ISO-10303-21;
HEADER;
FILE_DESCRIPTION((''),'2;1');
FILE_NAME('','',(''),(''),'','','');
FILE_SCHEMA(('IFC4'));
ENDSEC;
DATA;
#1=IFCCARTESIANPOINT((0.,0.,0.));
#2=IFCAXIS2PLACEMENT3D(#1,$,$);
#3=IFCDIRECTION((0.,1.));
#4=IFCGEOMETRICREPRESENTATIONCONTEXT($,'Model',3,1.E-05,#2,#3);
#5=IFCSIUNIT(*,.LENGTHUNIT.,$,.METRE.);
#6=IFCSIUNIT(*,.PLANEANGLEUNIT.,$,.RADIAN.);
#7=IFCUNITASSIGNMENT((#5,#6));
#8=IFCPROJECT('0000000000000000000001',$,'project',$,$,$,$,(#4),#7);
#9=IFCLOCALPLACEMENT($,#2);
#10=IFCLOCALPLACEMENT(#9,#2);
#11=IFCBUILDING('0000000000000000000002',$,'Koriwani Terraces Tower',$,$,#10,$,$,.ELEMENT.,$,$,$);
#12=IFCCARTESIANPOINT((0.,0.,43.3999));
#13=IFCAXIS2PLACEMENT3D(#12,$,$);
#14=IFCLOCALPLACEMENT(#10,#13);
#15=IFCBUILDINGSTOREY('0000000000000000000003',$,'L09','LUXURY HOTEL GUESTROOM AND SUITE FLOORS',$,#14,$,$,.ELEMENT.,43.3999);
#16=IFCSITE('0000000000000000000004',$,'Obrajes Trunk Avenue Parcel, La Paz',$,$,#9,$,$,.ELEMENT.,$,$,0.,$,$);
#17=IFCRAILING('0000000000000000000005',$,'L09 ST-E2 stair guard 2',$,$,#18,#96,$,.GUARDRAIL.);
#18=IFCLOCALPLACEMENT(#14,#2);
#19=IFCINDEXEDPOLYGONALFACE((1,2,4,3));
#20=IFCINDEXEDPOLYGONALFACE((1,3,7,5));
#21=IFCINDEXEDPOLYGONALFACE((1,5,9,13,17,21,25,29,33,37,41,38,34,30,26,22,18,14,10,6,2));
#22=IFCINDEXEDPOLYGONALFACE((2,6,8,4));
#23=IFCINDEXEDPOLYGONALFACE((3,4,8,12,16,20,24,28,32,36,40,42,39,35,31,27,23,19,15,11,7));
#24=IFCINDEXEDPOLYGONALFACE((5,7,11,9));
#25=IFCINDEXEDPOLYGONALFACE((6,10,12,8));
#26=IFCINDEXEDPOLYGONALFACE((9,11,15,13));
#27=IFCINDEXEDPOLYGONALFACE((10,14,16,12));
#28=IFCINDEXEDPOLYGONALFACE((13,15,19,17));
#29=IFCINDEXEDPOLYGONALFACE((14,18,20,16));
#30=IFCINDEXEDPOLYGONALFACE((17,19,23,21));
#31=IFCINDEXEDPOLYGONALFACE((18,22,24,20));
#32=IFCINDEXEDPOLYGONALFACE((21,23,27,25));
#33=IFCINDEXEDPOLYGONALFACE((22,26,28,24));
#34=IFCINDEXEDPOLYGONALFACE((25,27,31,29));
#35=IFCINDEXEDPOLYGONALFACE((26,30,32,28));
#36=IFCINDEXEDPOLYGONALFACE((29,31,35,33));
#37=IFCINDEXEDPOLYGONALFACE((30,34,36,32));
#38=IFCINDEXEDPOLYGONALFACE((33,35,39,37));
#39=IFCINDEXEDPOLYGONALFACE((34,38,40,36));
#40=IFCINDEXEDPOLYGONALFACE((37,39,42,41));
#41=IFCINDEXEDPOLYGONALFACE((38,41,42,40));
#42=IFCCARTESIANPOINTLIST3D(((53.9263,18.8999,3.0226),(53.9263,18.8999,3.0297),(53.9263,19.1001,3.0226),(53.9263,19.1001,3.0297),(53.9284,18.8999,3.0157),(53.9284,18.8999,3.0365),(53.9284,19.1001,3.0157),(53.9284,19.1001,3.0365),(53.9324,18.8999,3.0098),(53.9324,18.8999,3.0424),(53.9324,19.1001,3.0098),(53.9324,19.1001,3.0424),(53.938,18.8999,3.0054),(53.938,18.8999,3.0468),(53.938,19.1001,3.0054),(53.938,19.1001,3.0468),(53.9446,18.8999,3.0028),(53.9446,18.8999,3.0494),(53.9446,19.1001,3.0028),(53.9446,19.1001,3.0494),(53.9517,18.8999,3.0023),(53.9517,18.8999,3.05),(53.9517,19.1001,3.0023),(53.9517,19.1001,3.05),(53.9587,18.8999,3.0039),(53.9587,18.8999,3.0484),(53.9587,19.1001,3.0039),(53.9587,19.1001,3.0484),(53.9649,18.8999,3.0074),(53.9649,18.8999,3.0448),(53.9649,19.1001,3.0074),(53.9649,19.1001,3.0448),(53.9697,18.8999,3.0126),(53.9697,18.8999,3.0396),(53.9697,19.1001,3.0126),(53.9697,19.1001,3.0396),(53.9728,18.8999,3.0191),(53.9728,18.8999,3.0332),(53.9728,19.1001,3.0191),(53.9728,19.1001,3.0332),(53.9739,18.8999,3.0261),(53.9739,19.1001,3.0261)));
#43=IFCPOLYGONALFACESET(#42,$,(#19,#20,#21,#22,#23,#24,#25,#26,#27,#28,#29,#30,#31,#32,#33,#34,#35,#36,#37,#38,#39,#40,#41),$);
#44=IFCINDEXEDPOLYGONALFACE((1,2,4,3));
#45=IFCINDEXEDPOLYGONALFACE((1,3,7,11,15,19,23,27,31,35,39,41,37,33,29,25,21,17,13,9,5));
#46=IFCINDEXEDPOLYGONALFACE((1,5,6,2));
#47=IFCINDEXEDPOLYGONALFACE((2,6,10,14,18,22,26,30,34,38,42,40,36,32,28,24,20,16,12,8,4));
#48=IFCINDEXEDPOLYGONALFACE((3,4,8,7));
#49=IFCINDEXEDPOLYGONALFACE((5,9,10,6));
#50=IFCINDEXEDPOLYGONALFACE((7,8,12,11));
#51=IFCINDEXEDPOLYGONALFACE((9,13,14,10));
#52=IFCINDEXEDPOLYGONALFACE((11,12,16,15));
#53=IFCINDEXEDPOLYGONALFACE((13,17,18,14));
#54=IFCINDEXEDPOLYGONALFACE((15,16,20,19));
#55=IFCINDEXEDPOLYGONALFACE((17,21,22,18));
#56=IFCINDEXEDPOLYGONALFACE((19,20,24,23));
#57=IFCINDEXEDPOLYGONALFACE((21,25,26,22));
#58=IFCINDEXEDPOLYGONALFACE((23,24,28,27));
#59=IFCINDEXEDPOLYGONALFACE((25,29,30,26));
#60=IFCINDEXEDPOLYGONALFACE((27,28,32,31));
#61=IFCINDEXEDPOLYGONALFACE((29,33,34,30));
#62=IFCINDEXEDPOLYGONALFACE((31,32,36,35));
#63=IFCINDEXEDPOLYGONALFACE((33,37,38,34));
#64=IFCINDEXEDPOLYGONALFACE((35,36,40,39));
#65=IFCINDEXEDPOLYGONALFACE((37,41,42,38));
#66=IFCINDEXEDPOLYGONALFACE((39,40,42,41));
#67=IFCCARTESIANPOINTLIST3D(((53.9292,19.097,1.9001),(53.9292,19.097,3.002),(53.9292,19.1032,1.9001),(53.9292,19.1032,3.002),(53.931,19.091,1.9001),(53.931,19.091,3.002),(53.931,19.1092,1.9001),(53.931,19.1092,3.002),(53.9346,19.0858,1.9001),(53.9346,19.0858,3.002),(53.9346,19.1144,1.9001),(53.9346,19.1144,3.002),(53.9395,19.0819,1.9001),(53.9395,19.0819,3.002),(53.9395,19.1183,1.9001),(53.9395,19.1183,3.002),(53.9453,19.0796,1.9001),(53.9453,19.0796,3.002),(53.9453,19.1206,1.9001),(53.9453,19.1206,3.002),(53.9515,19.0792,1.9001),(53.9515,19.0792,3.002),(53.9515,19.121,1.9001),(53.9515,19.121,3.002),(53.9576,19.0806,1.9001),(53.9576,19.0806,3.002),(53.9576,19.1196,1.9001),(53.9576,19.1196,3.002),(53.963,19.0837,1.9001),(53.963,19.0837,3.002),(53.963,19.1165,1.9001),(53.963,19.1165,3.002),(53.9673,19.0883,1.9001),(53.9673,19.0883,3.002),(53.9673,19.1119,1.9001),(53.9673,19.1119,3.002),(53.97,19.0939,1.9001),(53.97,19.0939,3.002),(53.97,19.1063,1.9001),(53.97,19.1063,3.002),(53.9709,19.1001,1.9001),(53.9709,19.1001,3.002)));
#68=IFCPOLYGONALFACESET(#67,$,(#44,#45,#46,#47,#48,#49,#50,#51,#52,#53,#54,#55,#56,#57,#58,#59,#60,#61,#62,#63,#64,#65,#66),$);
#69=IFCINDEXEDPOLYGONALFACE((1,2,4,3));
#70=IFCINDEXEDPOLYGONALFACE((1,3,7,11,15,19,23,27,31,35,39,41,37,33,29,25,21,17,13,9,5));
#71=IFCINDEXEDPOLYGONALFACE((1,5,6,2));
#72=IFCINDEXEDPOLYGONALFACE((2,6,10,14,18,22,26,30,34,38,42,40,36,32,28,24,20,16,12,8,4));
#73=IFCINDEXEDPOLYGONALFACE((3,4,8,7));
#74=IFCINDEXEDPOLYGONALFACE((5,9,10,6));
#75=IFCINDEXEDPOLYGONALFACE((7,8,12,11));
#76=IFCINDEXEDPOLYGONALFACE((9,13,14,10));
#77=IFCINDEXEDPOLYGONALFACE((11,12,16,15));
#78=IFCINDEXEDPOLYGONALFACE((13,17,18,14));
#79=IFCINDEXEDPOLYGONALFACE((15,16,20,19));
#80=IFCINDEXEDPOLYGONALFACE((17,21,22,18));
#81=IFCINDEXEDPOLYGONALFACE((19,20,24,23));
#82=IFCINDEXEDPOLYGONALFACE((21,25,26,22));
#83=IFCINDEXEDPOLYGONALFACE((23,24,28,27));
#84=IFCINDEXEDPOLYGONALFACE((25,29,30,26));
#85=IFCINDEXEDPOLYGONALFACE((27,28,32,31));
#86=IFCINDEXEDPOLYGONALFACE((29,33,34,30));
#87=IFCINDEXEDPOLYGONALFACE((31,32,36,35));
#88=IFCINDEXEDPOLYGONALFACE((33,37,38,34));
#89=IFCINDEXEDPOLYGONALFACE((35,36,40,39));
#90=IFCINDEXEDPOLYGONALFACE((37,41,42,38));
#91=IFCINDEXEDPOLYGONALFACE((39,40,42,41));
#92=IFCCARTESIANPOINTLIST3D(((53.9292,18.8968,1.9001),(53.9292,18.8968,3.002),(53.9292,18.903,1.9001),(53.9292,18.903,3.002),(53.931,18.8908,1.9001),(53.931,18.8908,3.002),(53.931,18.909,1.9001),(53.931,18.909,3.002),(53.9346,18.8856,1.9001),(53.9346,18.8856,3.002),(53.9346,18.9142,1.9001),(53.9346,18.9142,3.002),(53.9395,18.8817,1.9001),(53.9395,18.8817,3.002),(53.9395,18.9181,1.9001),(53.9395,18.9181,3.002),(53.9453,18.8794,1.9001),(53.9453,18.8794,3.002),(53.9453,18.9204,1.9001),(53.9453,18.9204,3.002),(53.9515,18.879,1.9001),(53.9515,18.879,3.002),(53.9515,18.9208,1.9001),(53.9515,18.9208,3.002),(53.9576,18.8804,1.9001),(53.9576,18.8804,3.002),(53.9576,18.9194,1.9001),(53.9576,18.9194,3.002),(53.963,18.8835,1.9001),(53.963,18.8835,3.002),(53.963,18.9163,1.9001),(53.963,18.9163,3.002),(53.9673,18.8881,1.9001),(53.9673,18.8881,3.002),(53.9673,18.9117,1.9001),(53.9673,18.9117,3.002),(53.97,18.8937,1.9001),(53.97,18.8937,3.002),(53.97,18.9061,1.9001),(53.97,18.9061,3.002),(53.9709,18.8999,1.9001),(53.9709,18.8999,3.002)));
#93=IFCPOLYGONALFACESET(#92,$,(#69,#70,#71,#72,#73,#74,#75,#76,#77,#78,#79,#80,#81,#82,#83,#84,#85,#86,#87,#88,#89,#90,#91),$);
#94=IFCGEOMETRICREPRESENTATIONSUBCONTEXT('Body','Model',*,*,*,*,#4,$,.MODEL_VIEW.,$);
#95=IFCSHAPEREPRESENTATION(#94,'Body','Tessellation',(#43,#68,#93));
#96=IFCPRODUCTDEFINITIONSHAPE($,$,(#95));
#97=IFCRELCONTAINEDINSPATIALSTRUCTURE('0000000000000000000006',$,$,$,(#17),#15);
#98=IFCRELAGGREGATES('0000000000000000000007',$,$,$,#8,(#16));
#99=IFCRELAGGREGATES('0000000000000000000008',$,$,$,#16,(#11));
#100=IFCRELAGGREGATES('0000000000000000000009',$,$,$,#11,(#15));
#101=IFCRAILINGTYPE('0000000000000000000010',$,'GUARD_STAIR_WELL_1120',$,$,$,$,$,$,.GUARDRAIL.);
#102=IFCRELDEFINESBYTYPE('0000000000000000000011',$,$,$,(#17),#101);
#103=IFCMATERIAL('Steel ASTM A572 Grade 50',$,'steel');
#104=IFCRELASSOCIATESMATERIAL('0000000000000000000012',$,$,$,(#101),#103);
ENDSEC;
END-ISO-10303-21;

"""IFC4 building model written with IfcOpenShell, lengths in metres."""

from ifc_helpers import new_model, si_unit, direction, frame, origin, origin_2d, place, context, subcontext, project, spatial, circle, extrude, material, type_object, element, save


model = new_model("IFC4")

# Units and contexts
model_context = context("Model", 3, precision=1e-05, world=origin(), true_north=direction((0.0, 1.0)))
body_context = subcontext(model_context, "Body", "Model", "MODEL_VIEW")
ifc_project = project(units=[si_unit("LENGTHUNIT", "METRE"), si_unit("PLANEANGLEUNIT", "RADIAN")], contexts=[model_context])

# Site, building, storey
site_placement = place(None, origin())
site = spatial("IfcSite", under=ifc_project, at=site_placement, Name="Obrajes Trunk Avenue Parcel, La Paz", CompositionType="ELEMENT", RefElevation=0.0)
building_placement = place(site_placement, origin())
building = spatial("IfcBuilding", under=site, at=building_placement, Name="Koriwani Terraces Tower", CompositionType="ELEMENT")
storey_placement = place(building_placement, frame((0.0, 0.0, 43.3999)))
storey = spatial("IfcBuildingStorey", under=building, at=storey_placement, Name="L09", Description="LUXURY HOTEL GUESTROOM AND SUITE FLOORS", CompositionType="ELEMENT", Elevation=43.3999)

# Shared definitions
ifc_material_1 = material(Name="Steel ASTM A572 Grade 50", Category="steel")

# Railing
railing_type_1 = type_object("IfcRailingType", Name="GUARD_STAIR_WELL_1120", PredefinedType="GUARDRAIL", material=ifc_material_1)
railing_1_placement = place(storey_placement, frame((53.95, 19.1001, 1.9001)))
element("IfcRailing", 1, at=railing_1_placement, inside=storey, type_object=railing_type_1, Name="L09 ST-E2 stair guard 2", PredefinedType="GUARDRAIL", context=body_context, shape_type="SweptSolid", body=[
    extrude(circle(Radius=0.0239, at=origin_2d()), frame((0.0, 0.0, 1.126), z_axis=(0.0, -1.0, 0.0), x_axis=(1.0, 0.0, 0.0)), (0.0, 0.0, 1.0), 0.2002),
    extrude(circle(Radius=0.021, at=origin_2d()), origin(), (0.0, 0.0, 1.0), 1.1018),
    extrude(circle(Radius=0.021, at=origin_2d()), frame((0.0, -0.2002, 0.0)), (0.0, 0.0, 1.0), 1.1018),
])

save(model, "model.ifc")
